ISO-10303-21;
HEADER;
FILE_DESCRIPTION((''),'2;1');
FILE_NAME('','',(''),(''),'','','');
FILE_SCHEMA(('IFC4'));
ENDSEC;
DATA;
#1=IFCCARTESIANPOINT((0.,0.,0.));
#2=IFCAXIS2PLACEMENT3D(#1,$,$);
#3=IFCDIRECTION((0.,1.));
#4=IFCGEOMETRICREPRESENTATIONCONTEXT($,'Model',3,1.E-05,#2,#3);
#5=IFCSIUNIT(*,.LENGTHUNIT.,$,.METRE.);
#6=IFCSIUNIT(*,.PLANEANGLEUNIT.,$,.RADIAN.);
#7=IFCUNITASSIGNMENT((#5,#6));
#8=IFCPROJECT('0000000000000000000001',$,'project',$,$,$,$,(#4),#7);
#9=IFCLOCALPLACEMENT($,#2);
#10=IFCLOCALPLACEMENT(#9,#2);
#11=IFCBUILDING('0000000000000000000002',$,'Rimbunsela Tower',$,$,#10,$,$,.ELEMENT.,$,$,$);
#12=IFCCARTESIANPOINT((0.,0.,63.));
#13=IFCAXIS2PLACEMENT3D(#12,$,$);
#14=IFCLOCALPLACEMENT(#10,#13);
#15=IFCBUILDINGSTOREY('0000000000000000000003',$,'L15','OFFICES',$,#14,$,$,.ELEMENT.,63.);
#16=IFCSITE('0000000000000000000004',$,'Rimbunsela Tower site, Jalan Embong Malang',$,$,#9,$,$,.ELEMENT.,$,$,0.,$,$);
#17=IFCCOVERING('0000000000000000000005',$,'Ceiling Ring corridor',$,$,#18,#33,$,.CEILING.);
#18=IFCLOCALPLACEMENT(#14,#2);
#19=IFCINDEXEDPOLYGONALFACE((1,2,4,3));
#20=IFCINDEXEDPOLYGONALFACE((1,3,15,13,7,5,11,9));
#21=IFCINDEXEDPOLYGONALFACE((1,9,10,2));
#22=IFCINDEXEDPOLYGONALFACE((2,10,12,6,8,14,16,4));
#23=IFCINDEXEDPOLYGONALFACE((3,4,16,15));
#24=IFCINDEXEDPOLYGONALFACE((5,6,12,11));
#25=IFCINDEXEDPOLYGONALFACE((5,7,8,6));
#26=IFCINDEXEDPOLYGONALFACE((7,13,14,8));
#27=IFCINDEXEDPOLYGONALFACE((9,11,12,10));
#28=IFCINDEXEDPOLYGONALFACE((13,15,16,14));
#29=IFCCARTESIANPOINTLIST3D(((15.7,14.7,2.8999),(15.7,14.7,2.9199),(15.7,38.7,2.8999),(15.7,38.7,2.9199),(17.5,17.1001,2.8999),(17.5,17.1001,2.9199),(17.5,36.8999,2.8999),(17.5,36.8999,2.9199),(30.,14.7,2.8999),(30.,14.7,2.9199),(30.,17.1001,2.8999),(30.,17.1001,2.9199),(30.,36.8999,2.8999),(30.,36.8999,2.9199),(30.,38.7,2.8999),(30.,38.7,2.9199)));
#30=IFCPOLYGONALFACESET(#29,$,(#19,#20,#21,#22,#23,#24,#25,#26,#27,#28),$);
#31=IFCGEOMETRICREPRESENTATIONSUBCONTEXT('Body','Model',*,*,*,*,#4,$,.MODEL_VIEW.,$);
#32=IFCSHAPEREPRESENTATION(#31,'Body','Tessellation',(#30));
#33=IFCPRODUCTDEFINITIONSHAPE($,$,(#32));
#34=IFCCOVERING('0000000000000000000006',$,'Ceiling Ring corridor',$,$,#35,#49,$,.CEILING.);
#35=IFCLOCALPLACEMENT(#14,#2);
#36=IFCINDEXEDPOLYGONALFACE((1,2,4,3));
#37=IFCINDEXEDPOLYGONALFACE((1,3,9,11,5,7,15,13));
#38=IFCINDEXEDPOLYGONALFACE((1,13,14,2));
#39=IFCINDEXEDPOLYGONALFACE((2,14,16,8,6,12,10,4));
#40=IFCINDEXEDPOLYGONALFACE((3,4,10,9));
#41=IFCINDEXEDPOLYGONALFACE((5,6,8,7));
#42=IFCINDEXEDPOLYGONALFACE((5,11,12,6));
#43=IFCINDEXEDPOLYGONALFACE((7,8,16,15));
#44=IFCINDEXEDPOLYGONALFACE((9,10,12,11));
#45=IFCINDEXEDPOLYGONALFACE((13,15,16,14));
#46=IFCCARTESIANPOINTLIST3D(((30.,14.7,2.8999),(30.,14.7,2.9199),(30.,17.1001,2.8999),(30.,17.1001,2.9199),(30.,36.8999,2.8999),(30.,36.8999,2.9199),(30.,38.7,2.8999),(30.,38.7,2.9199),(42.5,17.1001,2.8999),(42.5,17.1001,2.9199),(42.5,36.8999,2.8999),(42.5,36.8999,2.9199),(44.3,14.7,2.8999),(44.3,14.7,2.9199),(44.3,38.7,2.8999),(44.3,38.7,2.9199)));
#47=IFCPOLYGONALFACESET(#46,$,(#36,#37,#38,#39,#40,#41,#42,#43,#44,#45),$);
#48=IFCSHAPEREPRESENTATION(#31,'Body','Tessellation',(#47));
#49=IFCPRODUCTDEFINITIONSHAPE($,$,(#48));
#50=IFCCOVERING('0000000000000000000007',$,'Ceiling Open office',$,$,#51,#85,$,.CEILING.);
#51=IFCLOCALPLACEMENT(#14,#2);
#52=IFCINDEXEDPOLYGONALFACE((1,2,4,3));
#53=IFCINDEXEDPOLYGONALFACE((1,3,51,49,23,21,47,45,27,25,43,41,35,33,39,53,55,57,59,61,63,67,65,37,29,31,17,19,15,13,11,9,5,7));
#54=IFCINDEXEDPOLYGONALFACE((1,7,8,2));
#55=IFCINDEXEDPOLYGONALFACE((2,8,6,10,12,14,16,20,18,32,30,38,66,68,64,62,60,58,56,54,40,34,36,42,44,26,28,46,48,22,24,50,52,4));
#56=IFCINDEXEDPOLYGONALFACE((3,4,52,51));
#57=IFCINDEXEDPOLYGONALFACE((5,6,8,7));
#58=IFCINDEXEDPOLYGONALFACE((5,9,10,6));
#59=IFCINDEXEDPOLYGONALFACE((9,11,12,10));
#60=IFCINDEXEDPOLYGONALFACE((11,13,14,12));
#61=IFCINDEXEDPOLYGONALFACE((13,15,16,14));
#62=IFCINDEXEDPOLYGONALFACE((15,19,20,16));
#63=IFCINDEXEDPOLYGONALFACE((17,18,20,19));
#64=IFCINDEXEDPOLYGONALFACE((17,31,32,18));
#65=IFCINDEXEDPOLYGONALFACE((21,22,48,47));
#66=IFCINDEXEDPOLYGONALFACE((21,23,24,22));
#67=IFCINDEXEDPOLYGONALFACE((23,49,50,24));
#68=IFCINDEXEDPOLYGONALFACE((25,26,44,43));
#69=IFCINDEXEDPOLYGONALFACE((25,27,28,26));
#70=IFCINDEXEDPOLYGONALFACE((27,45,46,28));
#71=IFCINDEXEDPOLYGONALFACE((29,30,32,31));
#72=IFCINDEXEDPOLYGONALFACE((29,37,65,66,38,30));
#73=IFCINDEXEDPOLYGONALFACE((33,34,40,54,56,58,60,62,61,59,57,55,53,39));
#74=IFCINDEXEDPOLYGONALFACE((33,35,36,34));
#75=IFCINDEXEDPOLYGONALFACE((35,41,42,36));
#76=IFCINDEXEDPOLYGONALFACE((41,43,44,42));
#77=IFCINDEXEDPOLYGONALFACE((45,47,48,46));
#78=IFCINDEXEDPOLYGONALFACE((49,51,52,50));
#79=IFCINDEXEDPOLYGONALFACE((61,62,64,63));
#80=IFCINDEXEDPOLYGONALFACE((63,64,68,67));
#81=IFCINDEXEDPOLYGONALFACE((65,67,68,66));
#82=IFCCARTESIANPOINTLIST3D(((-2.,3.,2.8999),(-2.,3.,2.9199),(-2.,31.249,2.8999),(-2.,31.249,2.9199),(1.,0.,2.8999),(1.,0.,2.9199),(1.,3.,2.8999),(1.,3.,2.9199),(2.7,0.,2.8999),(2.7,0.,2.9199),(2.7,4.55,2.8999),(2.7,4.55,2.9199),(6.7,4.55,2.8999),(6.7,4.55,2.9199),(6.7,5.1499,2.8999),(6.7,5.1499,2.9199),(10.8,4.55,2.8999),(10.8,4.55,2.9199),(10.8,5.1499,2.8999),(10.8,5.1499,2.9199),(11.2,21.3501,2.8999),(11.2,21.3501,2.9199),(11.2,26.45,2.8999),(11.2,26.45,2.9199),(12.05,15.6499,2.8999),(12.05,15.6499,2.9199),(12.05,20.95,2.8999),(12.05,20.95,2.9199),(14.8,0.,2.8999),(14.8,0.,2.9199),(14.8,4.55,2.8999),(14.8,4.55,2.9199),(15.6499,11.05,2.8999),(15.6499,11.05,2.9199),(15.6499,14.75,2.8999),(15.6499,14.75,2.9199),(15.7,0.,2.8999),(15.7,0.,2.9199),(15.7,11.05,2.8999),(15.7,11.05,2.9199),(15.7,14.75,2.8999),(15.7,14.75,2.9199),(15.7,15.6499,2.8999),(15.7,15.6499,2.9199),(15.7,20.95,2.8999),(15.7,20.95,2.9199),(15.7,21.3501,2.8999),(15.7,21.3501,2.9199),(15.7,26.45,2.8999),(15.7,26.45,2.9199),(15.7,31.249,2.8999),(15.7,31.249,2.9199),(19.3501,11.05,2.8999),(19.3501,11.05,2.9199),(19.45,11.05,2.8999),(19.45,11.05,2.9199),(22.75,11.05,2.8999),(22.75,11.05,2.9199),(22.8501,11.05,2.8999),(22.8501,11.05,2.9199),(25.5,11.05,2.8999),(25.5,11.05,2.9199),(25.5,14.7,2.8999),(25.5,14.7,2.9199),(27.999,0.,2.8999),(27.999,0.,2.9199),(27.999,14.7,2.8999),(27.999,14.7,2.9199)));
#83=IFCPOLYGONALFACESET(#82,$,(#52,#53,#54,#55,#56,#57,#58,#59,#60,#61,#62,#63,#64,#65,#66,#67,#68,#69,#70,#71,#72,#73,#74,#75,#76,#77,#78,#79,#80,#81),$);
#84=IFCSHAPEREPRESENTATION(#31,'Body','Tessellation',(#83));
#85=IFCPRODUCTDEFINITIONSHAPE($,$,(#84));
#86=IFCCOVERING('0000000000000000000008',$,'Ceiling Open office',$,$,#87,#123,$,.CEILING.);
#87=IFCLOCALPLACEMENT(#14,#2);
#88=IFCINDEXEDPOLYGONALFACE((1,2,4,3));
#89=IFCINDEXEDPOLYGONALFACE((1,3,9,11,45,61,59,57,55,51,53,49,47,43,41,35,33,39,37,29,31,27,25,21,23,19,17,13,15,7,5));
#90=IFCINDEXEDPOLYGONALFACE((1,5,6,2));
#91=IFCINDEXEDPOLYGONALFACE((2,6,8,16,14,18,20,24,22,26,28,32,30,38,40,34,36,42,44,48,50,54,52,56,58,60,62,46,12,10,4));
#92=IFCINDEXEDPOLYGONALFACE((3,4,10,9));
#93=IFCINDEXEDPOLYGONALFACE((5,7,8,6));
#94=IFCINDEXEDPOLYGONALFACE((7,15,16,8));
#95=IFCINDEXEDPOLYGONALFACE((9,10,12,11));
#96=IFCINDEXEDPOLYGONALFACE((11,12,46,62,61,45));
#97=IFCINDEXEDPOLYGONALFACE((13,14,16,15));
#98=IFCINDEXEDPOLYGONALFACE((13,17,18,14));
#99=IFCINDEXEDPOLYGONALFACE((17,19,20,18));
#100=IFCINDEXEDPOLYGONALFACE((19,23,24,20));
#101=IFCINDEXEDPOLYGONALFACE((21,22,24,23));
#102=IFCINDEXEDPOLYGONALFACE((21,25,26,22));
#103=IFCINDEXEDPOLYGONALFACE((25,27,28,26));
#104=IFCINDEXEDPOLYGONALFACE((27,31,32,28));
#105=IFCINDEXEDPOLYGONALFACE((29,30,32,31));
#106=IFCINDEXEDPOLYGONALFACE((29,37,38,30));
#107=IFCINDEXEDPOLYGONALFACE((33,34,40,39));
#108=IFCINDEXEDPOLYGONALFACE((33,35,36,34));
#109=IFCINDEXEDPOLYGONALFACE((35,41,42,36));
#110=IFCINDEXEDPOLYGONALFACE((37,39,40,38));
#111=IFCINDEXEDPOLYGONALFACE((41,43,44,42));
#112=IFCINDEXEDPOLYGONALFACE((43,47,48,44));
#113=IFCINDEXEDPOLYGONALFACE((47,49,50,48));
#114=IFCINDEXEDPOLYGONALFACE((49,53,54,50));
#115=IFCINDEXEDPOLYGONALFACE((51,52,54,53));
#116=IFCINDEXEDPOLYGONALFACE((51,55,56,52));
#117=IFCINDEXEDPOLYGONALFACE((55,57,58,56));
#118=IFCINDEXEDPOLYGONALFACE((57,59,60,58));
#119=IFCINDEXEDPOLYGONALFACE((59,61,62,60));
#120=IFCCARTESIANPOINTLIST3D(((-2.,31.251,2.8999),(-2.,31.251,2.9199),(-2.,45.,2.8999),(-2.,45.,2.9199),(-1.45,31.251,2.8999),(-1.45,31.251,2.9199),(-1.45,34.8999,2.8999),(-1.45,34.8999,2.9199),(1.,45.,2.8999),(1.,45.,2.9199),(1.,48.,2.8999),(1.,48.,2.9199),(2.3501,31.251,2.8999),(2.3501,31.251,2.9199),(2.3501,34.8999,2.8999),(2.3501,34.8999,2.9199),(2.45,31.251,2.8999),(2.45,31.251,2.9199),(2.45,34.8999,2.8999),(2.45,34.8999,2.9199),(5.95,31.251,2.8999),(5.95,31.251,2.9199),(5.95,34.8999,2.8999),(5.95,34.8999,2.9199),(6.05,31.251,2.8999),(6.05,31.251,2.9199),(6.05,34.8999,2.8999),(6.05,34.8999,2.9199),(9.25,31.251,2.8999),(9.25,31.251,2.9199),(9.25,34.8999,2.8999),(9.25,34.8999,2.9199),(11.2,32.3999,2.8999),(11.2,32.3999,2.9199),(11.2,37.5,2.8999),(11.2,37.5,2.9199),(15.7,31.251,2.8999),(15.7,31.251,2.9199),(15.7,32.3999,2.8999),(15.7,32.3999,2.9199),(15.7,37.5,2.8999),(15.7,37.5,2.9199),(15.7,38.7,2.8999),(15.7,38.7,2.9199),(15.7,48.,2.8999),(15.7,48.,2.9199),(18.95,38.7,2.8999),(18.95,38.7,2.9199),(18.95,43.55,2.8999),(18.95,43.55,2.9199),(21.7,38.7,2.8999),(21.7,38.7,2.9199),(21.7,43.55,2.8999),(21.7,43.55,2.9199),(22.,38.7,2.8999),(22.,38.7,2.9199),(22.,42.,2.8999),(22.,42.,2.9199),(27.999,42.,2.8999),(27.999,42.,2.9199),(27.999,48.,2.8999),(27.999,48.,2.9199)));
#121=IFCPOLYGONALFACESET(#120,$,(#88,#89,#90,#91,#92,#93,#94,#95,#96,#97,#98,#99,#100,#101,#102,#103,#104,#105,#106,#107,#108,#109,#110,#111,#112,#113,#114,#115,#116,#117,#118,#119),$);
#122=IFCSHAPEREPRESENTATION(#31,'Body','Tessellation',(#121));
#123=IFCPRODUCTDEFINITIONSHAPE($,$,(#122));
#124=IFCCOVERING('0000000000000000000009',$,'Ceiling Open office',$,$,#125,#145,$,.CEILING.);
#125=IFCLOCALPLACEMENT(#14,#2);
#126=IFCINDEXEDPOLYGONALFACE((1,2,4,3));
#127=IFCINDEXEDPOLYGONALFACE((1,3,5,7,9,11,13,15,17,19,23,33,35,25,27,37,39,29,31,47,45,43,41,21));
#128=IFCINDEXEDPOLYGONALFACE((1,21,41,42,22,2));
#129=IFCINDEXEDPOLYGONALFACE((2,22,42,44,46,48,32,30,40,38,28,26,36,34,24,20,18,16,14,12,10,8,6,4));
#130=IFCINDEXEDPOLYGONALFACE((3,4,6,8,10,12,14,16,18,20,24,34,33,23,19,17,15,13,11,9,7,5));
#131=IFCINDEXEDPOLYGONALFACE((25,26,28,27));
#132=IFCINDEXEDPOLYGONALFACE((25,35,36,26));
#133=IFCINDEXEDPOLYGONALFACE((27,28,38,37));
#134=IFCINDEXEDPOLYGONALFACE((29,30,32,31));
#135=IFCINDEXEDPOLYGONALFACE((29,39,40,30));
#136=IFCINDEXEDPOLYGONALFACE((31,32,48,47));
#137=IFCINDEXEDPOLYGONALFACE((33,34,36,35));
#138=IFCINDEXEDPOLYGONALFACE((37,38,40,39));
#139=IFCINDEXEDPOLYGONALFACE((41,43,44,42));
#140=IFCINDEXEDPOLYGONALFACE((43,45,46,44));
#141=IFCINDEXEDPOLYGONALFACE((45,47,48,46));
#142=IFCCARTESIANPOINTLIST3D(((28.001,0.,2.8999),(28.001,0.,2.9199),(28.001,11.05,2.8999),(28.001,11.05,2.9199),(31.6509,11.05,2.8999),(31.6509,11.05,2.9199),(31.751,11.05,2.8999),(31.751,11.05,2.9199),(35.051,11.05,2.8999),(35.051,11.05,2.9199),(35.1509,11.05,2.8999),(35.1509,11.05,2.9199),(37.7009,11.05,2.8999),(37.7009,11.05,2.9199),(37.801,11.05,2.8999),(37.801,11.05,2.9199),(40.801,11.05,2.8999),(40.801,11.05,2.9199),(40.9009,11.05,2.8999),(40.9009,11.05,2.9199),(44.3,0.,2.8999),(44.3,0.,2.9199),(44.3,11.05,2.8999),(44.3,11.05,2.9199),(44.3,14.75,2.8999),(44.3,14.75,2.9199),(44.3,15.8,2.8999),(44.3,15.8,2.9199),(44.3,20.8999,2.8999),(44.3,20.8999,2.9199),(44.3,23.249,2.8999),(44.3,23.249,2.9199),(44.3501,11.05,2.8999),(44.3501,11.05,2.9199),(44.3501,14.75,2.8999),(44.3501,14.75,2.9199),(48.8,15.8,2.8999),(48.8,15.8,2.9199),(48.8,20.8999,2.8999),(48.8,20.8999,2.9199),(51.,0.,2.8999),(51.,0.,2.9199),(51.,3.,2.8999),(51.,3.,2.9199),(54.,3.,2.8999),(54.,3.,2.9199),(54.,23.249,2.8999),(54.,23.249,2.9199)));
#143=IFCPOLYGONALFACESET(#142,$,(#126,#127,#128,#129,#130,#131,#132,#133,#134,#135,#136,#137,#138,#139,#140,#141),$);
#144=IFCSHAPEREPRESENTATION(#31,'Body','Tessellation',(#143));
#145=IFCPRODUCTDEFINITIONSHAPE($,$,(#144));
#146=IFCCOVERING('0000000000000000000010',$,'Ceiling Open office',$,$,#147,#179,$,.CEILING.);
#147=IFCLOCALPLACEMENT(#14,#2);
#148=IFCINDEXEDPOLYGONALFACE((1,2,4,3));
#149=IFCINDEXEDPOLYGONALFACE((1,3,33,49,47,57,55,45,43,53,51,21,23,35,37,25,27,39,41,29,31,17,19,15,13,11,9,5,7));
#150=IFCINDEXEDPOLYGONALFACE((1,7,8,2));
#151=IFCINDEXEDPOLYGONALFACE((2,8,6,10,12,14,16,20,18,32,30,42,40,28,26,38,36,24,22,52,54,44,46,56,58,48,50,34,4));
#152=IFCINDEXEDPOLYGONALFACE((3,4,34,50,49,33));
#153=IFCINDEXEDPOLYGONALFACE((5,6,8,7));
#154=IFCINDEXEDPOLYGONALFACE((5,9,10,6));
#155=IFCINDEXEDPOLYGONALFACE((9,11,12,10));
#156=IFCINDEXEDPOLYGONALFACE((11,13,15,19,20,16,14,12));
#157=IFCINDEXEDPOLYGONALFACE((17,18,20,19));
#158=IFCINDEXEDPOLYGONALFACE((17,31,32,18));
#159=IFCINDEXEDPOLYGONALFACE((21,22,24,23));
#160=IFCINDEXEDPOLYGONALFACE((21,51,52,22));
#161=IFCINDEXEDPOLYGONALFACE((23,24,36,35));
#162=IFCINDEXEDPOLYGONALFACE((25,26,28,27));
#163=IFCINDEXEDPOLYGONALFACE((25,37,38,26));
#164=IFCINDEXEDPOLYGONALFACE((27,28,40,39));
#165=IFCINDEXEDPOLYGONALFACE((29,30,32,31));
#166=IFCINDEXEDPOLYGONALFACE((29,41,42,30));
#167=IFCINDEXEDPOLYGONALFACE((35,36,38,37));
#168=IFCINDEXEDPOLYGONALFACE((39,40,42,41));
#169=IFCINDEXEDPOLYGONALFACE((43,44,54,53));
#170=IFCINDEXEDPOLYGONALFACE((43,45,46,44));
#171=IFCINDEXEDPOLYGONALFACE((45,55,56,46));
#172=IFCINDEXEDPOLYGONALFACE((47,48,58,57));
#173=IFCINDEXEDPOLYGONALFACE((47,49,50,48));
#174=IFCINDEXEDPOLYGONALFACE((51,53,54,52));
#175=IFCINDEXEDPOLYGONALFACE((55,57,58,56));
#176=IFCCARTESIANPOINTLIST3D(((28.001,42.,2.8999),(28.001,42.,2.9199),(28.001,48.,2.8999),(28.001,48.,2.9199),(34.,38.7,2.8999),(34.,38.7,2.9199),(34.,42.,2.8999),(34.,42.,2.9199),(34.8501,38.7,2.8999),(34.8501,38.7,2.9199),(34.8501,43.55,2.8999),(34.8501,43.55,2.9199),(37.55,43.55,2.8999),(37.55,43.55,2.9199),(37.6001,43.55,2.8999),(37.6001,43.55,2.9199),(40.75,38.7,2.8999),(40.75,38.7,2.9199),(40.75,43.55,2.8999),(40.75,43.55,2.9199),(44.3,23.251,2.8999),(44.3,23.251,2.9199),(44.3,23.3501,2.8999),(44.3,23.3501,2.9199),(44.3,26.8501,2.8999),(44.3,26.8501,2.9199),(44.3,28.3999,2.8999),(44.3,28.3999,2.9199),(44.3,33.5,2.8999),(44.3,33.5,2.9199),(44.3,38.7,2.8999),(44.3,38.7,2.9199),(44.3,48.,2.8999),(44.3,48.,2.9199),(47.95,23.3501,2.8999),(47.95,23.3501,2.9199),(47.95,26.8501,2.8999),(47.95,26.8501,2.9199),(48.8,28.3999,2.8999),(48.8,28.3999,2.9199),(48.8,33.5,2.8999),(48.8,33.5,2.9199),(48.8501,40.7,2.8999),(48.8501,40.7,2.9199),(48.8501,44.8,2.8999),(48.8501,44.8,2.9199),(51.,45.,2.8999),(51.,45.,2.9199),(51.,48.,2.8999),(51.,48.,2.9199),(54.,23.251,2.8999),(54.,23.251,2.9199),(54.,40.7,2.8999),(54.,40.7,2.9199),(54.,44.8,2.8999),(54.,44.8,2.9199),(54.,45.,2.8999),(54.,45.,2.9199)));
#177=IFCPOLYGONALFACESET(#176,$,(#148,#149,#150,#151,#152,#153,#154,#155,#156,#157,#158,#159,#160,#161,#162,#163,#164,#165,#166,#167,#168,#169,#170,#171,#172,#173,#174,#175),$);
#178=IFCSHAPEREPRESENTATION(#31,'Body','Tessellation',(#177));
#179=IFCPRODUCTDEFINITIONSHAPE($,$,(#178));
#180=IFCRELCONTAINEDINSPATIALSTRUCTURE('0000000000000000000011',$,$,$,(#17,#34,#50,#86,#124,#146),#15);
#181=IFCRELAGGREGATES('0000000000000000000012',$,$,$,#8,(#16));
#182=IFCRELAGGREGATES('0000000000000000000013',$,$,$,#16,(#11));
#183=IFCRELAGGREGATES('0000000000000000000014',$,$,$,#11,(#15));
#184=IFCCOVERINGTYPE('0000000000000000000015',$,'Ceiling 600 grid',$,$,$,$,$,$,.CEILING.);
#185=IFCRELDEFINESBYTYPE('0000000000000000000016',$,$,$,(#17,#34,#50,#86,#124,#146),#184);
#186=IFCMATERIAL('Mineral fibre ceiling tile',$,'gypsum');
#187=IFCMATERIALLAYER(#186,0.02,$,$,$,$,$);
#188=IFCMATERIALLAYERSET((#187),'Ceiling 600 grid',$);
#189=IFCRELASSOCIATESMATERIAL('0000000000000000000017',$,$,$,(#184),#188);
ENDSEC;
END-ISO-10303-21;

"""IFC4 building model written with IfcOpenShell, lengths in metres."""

from ifc_helpers import new_model, si_unit, direction, frame, origin, place, context, subcontext, project, spatial, polyline, outline, extrude, material, layer, layer_set, type_object, element, save


model = new_model("IFC4")

# Units and contexts
model_context = context("Model", 3, precision=1e-05, world=origin(), true_north=direction((0.0, 1.0)))
body_context = subcontext(model_context, "Body", "Model", "MODEL_VIEW")
ifc_project = project(units=[si_unit("LENGTHUNIT", "METRE"), si_unit("PLANEANGLEUNIT", "RADIAN")], contexts=[model_context])

# Site, building, storey
site_placement = place(None, origin())
site = spatial("IfcSite", under=ifc_project, at=site_placement, Name="Rimbunsela Tower site, Jalan Embong Malang", CompositionType="ELEMENT", RefElevation=0.0)
building_placement = place(site_placement, origin())
building = spatial("IfcBuilding", under=site, at=building_placement, Name="Rimbunsela Tower", CompositionType="ELEMENT")
storey_placement = place(building_placement, frame((0.0, 0.0, 63.0)))
storey = spatial("IfcBuildingStorey", under=building, at=storey_placement, Name="L15", Description="OFFICES", CompositionType="ELEMENT", Elevation=63.0)

# Coverings
ifc_material_1 = material(Name="Mineral fibre ceiling tile", Category="gypsum")
ifc_layer_1 = layer(ifc_material_1, 0.02)
ifc_layer_set_1 = layer_set([ifc_layer_1], Name="Ceiling 600 grid")
covering_type_1 = type_object("IfcCoveringType", Name="Ceiling 600 grid", PredefinedType="CEILING", material=ifc_layer_set_1)
covering_1_placement = place(storey_placement, frame((0.0, 0.0, 2.8999)))
element("IfcCovering", 1, at=covering_1_placement, inside=storey, type_object=covering_type_1, Name="Ceiling Ring corridor", PredefinedType="CEILING", context=body_context, shape_type="SweptSolid", body=[
    extrude(outline(polyline([(15.7, 38.7), (30.0, 38.7), (30.0, 36.8999), (17.5, 36.8999), (17.5, 17.1001), (30.0, 17.1001), (30.0, 14.7), (15.7, 14.7), (15.7, 38.7)])), origin(), (0.0, 0.0, 1.0), 0.02),
])
covering_2_placement = place(storey_placement, frame((0.0, 0.0, 2.8999)))
element("IfcCovering", 2, at=covering_2_placement, inside=storey, type_object=covering_type_1, Name="Ceiling Ring corridor", PredefinedType="CEILING", context=body_context, shape_type="SweptSolid", body=[
    extrude(outline(polyline([(44.3, 38.7), (44.3, 14.7), (30.0, 14.7), (30.0, 17.1001), (42.5, 17.1001), (42.5, 36.8999), (30.0, 36.8999), (30.0, 38.7), (44.3, 38.7)])), origin(), (0.0, 0.0, 1.0), 0.02),
])
covering_3_placement = place(storey_placement, frame((0.0, 0.0, 2.8999)))
element("IfcCovering", 3, at=covering_3_placement, inside=storey, type_object=covering_type_1, Name="Ceiling Open office", PredefinedType="CEILING", context=body_context, shape_type="SweptSolid", body=[
    extrude(outline(polyline([(19.45, 11.05), (22.75, 11.05), (22.8501, 11.05), (25.5, 11.05), (25.5, 14.7), (27.999, 14.7), (27.999, 0.0), (15.7, 0.0), (14.8, 0.0), (14.8, 4.55), (10.8, 4.55), (10.8, 5.1499), (6.7, 5.1499), (6.7, 4.55), (2.7, 4.55), (2.7, 0.0), (1.0, 0.0), (1.0, 3.0), (-2.0, 3.0), (-2.0, 31.249), (15.7, 31.249), (15.7, 26.45), (11.2, 26.45), (11.2, 21.3501), (15.7, 21.3501), (15.7, 20.95), (12.05, 20.95), (12.05, 15.6499), (15.7, 15.6499), (15.7, 14.75), (15.6499, 14.75), (15.6499, 11.05), (15.7, 11.05), (19.3501, 11.05), (19.45, 11.05)])), origin(), (0.0, 0.0, 1.0), 0.02),
])
covering_4_placement = place(storey_placement, frame((0.0, 0.0, 2.8999)))
element("IfcCovering", 4, at=covering_4_placement, inside=storey, type_object=covering_type_1, Name="Ceiling Open office", PredefinedType="CEILING", context=body_context, shape_type="SweptSolid", body=[
    extrude(outline(polyline([(11.2, 37.5), (11.2, 32.3999), (15.7, 32.3999), (15.7, 31.251), (9.25, 31.251), (9.25, 34.8999), (6.05, 34.8999), (6.05, 31.251), (5.95, 31.251), (5.95, 34.8999), (2.45, 34.8999), (2.45, 31.251), (2.3501, 31.251), (2.3501, 34.8999), (-1.45, 34.8999), (-1.45, 31.251), (-2.0, 31.251), (-2.0, 45.0), (1.0, 45.0), (1.0, 48.0), (15.7, 48.0), (27.999, 48.0), (27.999, 42.0), (22.0, 42.0), (22.0, 38.7), (21.7, 38.7), (21.7, 43.55), (18.95, 43.55), (18.95, 38.7), (15.7, 38.7), (15.7, 37.5), (11.2, 37.5)])), origin(), (0.0, 0.0, 1.0), 0.02),
])
covering_5_placement = place(storey_placement, frame((0.0, 0.0, 2.8999)))
element("IfcCovering", 5, at=covering_5_placement, inside=storey, type_object=covering_type_1, Name="Ceiling Open office", PredefinedType="CEILING", context=body_context, shape_type="SweptSolid", body=[
    extrude(outline(polyline([(28.001, 11.05), (31.6509, 11.05), (31.751, 11.05), (35.051, 11.05), (35.1509, 11.05), (37.7009, 11.05), (37.801, 11.05), (40.801, 11.05), (40.9009, 11.05), (44.3, 11.05), (44.3501, 11.05), (44.3501, 14.75), (44.3, 14.75), (44.3, 15.8), (48.8, 15.8), (48.8, 20.8999), (44.3, 20.8999), (44.3, 23.249), (54.0, 23.249), (54.0, 3.0), (51.0, 3.0), (51.0, 0.0), (44.3, 0.0), (28.001, 0.0), (28.001, 11.05)])), origin(), (0.0, 0.0, 1.0), 0.02),
])
covering_6_placement = place(storey_placement, frame((0.0, 0.0, 2.8999)))
element("IfcCovering", 6, at=covering_6_placement, inside=storey, type_object=covering_type_1, Name="Ceiling Open office", PredefinedType="CEILING", context=body_context, shape_type="SweptSolid", body=[
    extrude(outline(polyline([(48.8501, 44.8), (48.8501, 40.7), (54.0, 40.7), (54.0, 23.251), (44.3, 23.251), (44.3, 23.3501), (47.95, 23.3501), (47.95, 26.8501), (44.3, 26.8501), (44.3, 28.3999), (48.8, 28.3999), (48.8, 33.5), (44.3, 33.5), (44.3, 38.7), (40.75, 38.7), (40.75, 43.55), (37.6001, 43.55), (37.55, 43.55), (34.8501, 43.55), (34.8501, 38.7), (34.0, 38.7), (34.0, 42.0), (28.001, 42.0), (28.001, 48.0), (44.3, 48.0), (51.0, 48.0), (51.0, 45.0), (54.0, 45.0), (54.0, 44.8), (48.8501, 44.8)])), origin(), (0.0, 0.0, 1.0), 0.02),
])

save(model, "model.ifc")
